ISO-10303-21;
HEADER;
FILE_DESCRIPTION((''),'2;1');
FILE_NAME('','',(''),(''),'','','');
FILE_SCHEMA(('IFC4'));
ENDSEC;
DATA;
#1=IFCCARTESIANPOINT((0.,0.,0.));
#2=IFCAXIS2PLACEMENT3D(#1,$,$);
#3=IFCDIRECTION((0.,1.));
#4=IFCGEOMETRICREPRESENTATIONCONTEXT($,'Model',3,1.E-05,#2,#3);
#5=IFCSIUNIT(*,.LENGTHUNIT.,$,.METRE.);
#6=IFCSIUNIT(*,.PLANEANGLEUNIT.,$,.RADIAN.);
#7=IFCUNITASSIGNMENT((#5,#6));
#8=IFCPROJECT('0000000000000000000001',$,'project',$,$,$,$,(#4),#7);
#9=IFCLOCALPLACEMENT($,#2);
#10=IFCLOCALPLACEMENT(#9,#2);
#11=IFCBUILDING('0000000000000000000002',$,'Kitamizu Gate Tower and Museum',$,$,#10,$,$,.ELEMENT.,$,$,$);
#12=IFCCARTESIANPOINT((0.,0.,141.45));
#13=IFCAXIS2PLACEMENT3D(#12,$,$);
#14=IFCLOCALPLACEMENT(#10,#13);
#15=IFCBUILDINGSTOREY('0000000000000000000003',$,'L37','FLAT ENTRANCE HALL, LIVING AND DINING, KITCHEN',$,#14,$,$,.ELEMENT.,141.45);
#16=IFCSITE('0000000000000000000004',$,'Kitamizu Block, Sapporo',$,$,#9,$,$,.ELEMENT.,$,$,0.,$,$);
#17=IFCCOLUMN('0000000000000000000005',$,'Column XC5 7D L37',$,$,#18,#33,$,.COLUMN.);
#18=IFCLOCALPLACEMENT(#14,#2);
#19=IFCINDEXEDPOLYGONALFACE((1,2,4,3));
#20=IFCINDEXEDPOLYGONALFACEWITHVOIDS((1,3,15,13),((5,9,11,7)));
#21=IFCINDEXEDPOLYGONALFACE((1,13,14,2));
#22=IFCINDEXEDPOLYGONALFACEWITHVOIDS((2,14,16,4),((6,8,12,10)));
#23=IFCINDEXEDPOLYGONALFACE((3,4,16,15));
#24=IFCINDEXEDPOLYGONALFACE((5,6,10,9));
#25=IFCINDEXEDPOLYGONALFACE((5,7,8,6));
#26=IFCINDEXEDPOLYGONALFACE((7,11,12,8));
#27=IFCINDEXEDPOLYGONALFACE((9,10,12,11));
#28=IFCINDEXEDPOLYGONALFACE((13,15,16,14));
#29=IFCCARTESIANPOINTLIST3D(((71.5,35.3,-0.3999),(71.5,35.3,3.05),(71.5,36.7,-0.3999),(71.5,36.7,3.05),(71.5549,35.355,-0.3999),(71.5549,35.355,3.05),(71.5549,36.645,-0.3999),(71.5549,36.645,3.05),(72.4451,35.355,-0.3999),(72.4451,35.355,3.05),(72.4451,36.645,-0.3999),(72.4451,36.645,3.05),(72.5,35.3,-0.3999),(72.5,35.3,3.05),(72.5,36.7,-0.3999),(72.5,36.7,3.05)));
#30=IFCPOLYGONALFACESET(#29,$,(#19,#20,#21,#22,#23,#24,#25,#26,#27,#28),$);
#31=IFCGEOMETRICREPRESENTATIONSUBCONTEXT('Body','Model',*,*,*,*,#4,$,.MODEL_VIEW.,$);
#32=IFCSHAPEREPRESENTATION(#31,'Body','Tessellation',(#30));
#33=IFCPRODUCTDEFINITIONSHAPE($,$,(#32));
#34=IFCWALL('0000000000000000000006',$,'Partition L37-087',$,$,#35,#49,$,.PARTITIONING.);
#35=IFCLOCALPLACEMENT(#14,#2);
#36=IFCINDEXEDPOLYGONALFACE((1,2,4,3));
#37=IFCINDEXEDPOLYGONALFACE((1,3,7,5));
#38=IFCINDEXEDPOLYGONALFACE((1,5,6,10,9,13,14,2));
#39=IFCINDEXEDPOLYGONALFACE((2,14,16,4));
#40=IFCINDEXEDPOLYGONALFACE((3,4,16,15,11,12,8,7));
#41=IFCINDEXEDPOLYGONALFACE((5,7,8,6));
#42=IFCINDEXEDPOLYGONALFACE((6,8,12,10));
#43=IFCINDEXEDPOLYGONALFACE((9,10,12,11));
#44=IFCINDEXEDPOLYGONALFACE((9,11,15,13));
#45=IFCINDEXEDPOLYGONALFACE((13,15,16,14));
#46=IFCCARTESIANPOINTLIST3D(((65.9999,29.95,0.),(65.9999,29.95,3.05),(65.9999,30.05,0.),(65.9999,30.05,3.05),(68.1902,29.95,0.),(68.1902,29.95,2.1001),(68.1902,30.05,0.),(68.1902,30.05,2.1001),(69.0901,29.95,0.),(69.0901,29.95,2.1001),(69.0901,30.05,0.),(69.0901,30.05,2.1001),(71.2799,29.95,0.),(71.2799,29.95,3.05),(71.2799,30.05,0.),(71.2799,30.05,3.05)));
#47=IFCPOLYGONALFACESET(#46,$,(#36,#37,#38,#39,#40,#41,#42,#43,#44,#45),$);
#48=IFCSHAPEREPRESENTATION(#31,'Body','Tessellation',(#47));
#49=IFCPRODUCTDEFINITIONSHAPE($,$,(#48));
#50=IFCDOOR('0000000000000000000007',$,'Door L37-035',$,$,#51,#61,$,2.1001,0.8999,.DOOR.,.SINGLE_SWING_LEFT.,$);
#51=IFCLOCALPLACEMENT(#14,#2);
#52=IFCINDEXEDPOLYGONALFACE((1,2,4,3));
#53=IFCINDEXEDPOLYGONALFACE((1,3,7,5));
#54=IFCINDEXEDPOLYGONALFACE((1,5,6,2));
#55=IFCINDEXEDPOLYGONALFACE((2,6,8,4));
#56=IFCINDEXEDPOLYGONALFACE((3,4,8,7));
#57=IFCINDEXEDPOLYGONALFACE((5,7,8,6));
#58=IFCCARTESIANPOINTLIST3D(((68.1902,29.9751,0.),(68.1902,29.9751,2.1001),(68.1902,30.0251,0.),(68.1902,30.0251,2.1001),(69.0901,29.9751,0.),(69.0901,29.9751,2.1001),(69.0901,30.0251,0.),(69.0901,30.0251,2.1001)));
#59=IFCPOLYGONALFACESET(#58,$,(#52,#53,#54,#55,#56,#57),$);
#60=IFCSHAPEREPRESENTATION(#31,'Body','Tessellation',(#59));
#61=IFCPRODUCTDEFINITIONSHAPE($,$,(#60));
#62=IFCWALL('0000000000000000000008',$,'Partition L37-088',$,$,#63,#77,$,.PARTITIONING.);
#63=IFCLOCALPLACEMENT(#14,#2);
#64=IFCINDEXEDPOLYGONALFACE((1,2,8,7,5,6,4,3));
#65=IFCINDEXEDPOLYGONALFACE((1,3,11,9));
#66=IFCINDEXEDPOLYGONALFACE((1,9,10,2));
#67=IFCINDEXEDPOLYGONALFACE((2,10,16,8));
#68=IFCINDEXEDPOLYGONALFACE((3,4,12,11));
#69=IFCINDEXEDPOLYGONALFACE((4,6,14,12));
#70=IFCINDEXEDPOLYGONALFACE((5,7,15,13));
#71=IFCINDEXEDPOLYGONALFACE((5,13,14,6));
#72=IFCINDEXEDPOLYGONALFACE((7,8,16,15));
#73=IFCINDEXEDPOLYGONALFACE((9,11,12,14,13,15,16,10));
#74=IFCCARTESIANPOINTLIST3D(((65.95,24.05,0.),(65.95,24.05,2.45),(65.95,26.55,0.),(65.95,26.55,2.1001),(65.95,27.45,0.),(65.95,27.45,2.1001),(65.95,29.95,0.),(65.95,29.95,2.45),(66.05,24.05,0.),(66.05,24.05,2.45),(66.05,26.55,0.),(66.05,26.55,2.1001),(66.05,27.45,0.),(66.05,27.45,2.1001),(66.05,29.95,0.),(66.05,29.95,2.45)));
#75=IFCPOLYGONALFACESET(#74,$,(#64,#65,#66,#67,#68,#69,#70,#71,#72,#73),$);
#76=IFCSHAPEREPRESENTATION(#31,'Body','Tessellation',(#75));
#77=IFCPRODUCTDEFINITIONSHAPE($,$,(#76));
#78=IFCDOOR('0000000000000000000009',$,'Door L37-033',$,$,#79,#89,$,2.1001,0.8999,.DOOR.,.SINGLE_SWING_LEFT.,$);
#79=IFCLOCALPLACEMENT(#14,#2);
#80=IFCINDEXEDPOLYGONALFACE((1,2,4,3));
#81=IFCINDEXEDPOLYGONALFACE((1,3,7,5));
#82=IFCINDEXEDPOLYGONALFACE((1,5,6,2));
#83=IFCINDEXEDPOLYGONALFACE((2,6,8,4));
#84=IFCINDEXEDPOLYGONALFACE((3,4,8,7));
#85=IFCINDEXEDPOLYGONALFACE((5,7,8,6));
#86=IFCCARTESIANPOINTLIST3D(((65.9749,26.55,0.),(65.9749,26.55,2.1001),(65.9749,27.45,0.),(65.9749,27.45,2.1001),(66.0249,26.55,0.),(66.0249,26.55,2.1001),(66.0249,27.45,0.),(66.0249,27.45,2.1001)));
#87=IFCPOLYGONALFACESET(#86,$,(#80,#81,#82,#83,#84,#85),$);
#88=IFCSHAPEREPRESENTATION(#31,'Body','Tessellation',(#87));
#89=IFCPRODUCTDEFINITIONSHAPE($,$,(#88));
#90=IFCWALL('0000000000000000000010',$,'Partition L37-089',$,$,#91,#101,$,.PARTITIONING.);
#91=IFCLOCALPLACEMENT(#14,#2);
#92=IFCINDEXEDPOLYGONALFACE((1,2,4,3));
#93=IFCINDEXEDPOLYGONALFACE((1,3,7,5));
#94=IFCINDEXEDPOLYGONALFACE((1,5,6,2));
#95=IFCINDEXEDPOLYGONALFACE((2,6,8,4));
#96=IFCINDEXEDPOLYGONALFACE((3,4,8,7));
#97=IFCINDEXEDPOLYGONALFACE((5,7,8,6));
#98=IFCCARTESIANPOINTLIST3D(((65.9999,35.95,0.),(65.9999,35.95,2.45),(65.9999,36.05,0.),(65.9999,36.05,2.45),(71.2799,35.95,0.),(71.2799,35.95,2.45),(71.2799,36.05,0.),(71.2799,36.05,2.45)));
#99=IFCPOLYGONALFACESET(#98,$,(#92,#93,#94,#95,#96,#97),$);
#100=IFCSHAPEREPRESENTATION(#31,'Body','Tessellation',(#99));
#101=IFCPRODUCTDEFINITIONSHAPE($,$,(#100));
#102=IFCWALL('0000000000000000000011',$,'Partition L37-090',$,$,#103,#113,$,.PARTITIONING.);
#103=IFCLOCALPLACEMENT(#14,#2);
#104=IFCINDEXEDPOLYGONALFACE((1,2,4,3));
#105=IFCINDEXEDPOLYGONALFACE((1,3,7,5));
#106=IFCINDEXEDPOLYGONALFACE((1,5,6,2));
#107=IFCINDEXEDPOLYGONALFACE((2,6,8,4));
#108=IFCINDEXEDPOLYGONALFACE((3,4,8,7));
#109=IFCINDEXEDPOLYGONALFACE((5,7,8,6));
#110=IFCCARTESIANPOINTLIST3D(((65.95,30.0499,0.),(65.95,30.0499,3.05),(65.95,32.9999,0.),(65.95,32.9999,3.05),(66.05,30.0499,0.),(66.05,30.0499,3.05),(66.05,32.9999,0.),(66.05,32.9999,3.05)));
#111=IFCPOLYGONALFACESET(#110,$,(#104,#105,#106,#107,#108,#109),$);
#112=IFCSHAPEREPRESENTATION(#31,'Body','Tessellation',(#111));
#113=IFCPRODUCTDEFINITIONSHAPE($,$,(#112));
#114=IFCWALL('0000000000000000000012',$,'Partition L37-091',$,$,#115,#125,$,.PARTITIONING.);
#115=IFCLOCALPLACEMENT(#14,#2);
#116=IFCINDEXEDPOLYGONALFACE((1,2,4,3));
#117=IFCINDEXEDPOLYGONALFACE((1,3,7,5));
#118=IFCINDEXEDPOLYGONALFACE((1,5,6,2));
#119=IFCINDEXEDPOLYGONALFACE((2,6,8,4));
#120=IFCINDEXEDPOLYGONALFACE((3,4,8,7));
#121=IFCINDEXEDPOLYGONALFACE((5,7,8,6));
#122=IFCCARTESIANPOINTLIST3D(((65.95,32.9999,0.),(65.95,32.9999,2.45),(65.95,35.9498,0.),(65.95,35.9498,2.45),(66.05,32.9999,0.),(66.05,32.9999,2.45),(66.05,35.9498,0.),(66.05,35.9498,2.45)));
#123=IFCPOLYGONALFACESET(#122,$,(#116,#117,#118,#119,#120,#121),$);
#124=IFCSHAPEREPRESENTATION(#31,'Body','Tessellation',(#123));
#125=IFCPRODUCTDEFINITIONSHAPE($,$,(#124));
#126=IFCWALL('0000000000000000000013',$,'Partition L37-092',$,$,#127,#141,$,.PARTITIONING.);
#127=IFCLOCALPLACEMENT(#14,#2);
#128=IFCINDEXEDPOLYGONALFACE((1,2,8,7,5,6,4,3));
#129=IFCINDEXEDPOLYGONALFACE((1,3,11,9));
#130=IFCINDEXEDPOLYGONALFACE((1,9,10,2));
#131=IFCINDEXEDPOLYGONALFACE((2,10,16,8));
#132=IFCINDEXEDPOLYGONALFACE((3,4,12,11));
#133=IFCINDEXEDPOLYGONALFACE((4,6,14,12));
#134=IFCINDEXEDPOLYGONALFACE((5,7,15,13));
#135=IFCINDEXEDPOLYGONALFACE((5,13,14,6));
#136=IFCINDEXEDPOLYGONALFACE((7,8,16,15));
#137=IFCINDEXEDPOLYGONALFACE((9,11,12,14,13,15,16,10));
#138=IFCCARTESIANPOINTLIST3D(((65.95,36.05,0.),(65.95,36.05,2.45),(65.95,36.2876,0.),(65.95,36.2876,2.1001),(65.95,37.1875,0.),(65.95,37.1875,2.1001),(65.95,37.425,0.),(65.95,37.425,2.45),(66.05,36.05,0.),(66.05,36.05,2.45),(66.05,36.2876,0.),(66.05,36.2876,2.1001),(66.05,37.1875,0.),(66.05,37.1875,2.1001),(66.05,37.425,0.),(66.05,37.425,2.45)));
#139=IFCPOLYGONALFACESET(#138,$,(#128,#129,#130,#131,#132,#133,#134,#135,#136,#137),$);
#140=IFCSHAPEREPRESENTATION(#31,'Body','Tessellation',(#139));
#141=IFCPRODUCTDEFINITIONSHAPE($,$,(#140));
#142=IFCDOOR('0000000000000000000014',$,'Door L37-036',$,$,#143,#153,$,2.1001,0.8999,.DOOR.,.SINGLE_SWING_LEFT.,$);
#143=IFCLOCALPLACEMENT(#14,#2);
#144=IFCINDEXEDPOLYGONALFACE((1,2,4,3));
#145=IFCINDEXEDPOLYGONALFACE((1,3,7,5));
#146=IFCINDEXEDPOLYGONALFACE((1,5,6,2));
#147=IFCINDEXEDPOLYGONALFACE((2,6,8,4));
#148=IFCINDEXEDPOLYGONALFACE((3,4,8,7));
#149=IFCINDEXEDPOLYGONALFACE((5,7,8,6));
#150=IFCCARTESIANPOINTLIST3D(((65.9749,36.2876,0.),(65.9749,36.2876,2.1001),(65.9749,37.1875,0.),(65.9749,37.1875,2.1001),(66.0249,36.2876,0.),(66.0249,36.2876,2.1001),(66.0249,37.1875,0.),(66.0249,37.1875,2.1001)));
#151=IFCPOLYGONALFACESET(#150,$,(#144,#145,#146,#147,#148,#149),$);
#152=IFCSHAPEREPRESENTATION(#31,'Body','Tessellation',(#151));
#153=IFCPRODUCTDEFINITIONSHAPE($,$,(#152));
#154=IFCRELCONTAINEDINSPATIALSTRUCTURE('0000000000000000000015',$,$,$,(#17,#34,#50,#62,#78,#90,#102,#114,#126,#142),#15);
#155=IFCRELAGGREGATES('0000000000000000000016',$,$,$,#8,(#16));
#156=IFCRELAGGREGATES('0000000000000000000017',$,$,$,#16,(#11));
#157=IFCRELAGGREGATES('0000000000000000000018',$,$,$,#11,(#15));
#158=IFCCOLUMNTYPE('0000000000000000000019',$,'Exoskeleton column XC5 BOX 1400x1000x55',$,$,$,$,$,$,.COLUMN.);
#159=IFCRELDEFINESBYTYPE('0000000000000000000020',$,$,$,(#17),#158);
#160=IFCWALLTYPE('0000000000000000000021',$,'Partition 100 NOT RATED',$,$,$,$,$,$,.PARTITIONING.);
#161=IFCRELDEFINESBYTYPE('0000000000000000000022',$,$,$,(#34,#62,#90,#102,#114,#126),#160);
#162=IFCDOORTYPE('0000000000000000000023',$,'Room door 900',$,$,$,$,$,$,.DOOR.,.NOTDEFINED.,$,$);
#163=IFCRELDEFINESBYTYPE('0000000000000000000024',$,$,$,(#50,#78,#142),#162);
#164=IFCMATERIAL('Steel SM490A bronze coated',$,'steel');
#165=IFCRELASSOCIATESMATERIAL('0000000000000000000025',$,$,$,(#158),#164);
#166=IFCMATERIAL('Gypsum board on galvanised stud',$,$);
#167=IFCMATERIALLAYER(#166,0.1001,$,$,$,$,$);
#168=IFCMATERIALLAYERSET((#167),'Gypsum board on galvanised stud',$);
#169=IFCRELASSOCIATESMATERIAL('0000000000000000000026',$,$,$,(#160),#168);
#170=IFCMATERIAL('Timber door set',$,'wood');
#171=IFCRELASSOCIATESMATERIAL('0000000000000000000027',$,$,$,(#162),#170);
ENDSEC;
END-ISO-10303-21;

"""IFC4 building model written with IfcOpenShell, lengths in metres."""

from ifc_helpers import new_model, si_unit, direction, frame, frame_2d, origin, origin_2d, place, context, subcontext, project, spatial, rectangle, hollow_rectangle, extrude, material, layer, layer_set, material_profile, profile_set, type_object, element, fill, save


model = new_model("IFC4")

# Units and contexts
model_context = context("Model", 3, precision=1e-05, world=origin(), true_north=direction((0.0, 1.0)))
body_context = subcontext(model_context, "Body", "Model", "MODEL_VIEW")
ifc_project = project(units=[si_unit("LENGTHUNIT", "METRE"), si_unit("PLANEANGLEUNIT", "RADIAN")], contexts=[model_context])

# Site, building, storey
site_placement = place(None, origin())
site = spatial("IfcSite", under=ifc_project, at=site_placement, Name="Kitamizu Block, Sapporo", CompositionType="ELEMENT", RefElevation=0.0)
building_placement = place(site_placement, origin())
building = spatial("IfcBuilding", under=site, at=building_placement, Name="Kitamizu Gate Tower and Museum", CompositionType="ELEMENT")
storey_placement = place(building_placement, frame((0.0, 0.0, 141.45)))
storey = spatial("IfcBuildingStorey", under=building, at=storey_placement, Name="L37", Description="FLAT ENTRANCE HALL, LIVING AND DINING, KITCHEN", CompositionType="ELEMENT", Elevation=141.45)

# Column
ifc_material_1 = material(Name="Steel SM490A bronze coated", Category="steel")
ifc_material_profile = material_profile(ifc_material_1, hollow_rectangle(XDim=1.3999, YDim=1.0, WallThickness=0.0549, at=origin_2d()), Name="BOX 1400x1000x55")
ifc_profile_set = profile_set([ifc_material_profile], Name="Steel SM490A bronze coated")
column_type = type_object("IfcColumnType", Name="Exoskeleton column XC5 BOX 1400x1000x55", PredefinedType="COLUMN", material=ifc_profile_set)
column_placement = place(storey_placement, frame((72.0, 36.0, -0.3999), z_axis=(0.0, 0.0, 1.0), x_axis=(0.0, 1.0, 0.0)))
element("IfcColumn", 1, at=column_placement, inside=storey, type_object=column_type, Name="Column XC5 7D L37", PredefinedType="COLUMN", context=body_context, shape_type="SweptSolid", body=[
    extrude(hollow_rectangle(XDim=1.3999, YDim=1.0, WallThickness=0.0549, at=origin_2d()), origin(), (0.0, 0.0, 1.0), 3.45),
])

# Walls, openings, doors
ifc_material_2 = material(Name="Gypsum board on galvanised stud")
ifc_layer_1 = layer(ifc_material_2, 0.1001)
ifc_layer_set_1 = layer_set([ifc_layer_1], Name="Gypsum board on galvanised stud")
wall_type_1 = type_object("IfcWallType", Name="Partition 100 NOT RATED", PredefinedType="PARTITIONING", material=ifc_layer_set_1)
wall_1_placement = place(storey_placement, frame((71.28, 30.0, 0.0), z_axis=(0.0, 0.0, 1.0), x_axis=(-1.0, 0.0, 0.0)))
wall_1 = element("IfcWall", 2, at=wall_1_placement, inside=storey, type_object=wall_type_1, Name="Partition L37-087", PredefinedType="PARTITIONING", context=body_context, shape_type="SweptSolid", body=[
    extrude(rectangle(XDim=5.28, YDim=0.1001, at=frame_2d((2.6401, 0.0))), origin(), (0.0, 0.0, 1.0), 3.05),
])
opening_1_placement = place(wall_1_placement, frame((2.1899, 0.0, 0.0)))
opening_1 = element("IfcOpeningElement", 3, at=opening_1_placement, cuts=wall_1, PredefinedType="OPENING", context=body_context, shape_type="SweptSolid", body=[
    extrude(rectangle(XDim=0.8999, YDim=2.1001, at=frame_2d((0.45, 1.05))), frame((0.0, 0.0601, 0.0), z_axis=(0.0, -1.0, 0.0), x_axis=(1.0, 0.0, 0.0)), (0.0, 0.0, 1.0), 0.1201),
])
ifc_material_3 = material(Name="Timber door set", Category="wood")
door_type_1 = type_object("IfcDoorType", Name="Room door 900", OperationType="NOTDEFINED", PredefinedType="DOOR", material=ifc_material_3)
door_1_placement = place(opening_1_placement, origin())
door_1 = element("IfcDoor", 4, at=door_1_placement, inside=storey, type_object=door_type_1, Name="Door L37-035", OperationType="SINGLE_SWING_LEFT", OverallHeight=2.1001, OverallWidth=0.8999, PredefinedType="DOOR", context=body_context, shape_type="SweptSolid", body=[
    extrude(rectangle(XDim=0.8999, YDim=2.1001, at=frame_2d((0.45, 1.05))), frame((0.0, 0.0249, 0.0), z_axis=(0.0, -1.0, 0.0), x_axis=(1.0, 0.0, 0.0)), (0.0, 0.0, 1.0), 0.05),
])
fill(opening_1, door_1)
wall_2_placement = place(storey_placement, frame((66.0, 29.95, 0.0), z_axis=(0.0, 0.0, 1.0), x_axis=(0.0, -1.0, 0.0)))
wall_2 = element("IfcWall", 5, at=wall_2_placement, inside=storey, type_object=wall_type_1, Name="Partition L37-088", PredefinedType="PARTITIONING", context=body_context, shape_type="SweptSolid", body=[
    extrude(rectangle(XDim=5.8999, YDim=0.1001, at=frame_2d((2.95, 0.0))), origin(), (0.0, 0.0, 1.0), 2.45),
])
opening_2_placement = place(wall_2_placement, frame((2.5, 0.0, 0.0)))
opening_2 = element("IfcOpeningElement", 6, at=opening_2_placement, cuts=wall_2, PredefinedType="OPENING", context=body_context, shape_type="SweptSolid", body=[
    extrude(rectangle(XDim=0.8999, YDim=2.1001, at=frame_2d((0.45, 1.05))), frame((0.0, 0.0601, 0.0), z_axis=(0.0, -1.0, 0.0), x_axis=(1.0, 0.0, 0.0)), (0.0, 0.0, 1.0), 0.1201),
])
door_2_placement = place(opening_2_placement, origin())
door_2 = element("IfcDoor", 7, at=door_2_placement, inside=storey, type_object=door_type_1, Name="Door L37-033", OperationType="SINGLE_SWING_LEFT", OverallHeight=2.1001, OverallWidth=0.8999, PredefinedType="DOOR", context=body_context, shape_type="SweptSolid", body=[
    extrude(rectangle(XDim=0.8999, YDim=2.1001, at=frame_2d((0.45, 1.05))), frame((0.0, 0.0249, 0.0), z_axis=(0.0, -1.0, 0.0), x_axis=(1.0, 0.0, 0.0)), (0.0, 0.0, 1.0), 0.05),
])
fill(opening_2, door_2)

# Walls
wall_3_placement = place(storey_placement, frame((71.28, 36.0, 0.0), z_axis=(0.0, 0.0, 1.0), x_axis=(-1.0, 0.0, 0.0)))
element("IfcWall", 8, at=wall_3_placement, inside=storey, type_object=wall_type_1, Name="Partition L37-089", PredefinedType="PARTITIONING", context=body_context, shape_type="SweptSolid", body=[
    extrude(rectangle(XDim=5.28, YDim=0.1001, at=frame_2d((2.6401, 0.0))), origin(), (0.0, 0.0, 1.0), 2.45),
])
wall_4_placement = place(storey_placement, frame((66.0, 33.0, 0.0), z_axis=(0.0, 0.0, 1.0), x_axis=(0.0, -1.0, 0.0)))
element("IfcWall", 9, at=wall_4_placement, inside=storey, type_object=wall_type_1, Name="Partition L37-090", PredefinedType="PARTITIONING", context=body_context, shape_type="SweptSolid", body=[
    extrude(rectangle(XDim=2.95, YDim=0.1001, at=frame_2d((1.4751, 0.0))), origin(), (0.0, 0.0, 1.0), 3.05),
])
wall_5_placement = place(storey_placement, frame((66.0, 35.95, 0.0), z_axis=(0.0, 0.0, 1.0), x_axis=(0.0, -1.0, 0.0)))
element("IfcWall", 10, at=wall_5_placement, inside=storey, type_object=wall_type_1, Name="Partition L37-091", PredefinedType="PARTITIONING", context=body_context, shape_type="SweptSolid", body=[
    extrude(rectangle(XDim=2.95, YDim=0.1001, at=frame_2d((1.4751, 0.0))), origin(), (0.0, 0.0, 1.0), 2.45),
])

# Wall, opening, door
wall_6_placement = place(storey_placement, frame((66.0, 37.425, 0.0), z_axis=(0.0, 0.0, 1.0), x_axis=(0.0, -1.0, 0.0)))
wall_6 = element("IfcWall", 11, at=wall_6_placement, inside=storey, type_object=wall_type_1, Name="Partition L37-092", PredefinedType="PARTITIONING", context=body_context, shape_type="SweptSolid", body=[
    extrude(rectangle(XDim=1.375, YDim=0.1001, at=frame_2d((0.6875, 0.0))), origin(), (0.0, 0.0, 1.0), 2.45),
])
opening_3_placement = place(wall_6_placement, frame((0.2375, 0.0, 0.0)))
opening_3 = element("IfcOpeningElement", 12, at=opening_3_placement, cuts=wall_6, PredefinedType="OPENING", context=body_context, shape_type="SweptSolid", body=[
    extrude(rectangle(XDim=0.8999, YDim=2.1001, at=frame_2d((0.45, 1.05))), frame((0.0, 0.0601, 0.0), z_axis=(0.0, -1.0, 0.0), x_axis=(1.0, 0.0, 0.0)), (0.0, 0.0, 1.0), 0.1201),
])
door_3_placement = place(opening_3_placement, origin())
door_3 = element("IfcDoor", 13, at=door_3_placement, inside=storey, type_object=door_type_1, Name="Door L37-036", OperationType="SINGLE_SWING_LEFT", OverallHeight=2.1001, OverallWidth=0.8999, PredefinedType="DOOR", context=body_context, shape_type="SweptSolid", body=[
    extrude(rectangle(XDim=0.8999, YDim=2.1001, at=frame_2d((0.45, 1.05))), frame((0.0, 0.0249, 0.0), z_axis=(0.0, -1.0, 0.0), x_axis=(1.0, 0.0, 0.0)), (0.0, 0.0, 1.0), 0.05),
])
fill(opening_3, door_3)

save(model, "model.ifc")
